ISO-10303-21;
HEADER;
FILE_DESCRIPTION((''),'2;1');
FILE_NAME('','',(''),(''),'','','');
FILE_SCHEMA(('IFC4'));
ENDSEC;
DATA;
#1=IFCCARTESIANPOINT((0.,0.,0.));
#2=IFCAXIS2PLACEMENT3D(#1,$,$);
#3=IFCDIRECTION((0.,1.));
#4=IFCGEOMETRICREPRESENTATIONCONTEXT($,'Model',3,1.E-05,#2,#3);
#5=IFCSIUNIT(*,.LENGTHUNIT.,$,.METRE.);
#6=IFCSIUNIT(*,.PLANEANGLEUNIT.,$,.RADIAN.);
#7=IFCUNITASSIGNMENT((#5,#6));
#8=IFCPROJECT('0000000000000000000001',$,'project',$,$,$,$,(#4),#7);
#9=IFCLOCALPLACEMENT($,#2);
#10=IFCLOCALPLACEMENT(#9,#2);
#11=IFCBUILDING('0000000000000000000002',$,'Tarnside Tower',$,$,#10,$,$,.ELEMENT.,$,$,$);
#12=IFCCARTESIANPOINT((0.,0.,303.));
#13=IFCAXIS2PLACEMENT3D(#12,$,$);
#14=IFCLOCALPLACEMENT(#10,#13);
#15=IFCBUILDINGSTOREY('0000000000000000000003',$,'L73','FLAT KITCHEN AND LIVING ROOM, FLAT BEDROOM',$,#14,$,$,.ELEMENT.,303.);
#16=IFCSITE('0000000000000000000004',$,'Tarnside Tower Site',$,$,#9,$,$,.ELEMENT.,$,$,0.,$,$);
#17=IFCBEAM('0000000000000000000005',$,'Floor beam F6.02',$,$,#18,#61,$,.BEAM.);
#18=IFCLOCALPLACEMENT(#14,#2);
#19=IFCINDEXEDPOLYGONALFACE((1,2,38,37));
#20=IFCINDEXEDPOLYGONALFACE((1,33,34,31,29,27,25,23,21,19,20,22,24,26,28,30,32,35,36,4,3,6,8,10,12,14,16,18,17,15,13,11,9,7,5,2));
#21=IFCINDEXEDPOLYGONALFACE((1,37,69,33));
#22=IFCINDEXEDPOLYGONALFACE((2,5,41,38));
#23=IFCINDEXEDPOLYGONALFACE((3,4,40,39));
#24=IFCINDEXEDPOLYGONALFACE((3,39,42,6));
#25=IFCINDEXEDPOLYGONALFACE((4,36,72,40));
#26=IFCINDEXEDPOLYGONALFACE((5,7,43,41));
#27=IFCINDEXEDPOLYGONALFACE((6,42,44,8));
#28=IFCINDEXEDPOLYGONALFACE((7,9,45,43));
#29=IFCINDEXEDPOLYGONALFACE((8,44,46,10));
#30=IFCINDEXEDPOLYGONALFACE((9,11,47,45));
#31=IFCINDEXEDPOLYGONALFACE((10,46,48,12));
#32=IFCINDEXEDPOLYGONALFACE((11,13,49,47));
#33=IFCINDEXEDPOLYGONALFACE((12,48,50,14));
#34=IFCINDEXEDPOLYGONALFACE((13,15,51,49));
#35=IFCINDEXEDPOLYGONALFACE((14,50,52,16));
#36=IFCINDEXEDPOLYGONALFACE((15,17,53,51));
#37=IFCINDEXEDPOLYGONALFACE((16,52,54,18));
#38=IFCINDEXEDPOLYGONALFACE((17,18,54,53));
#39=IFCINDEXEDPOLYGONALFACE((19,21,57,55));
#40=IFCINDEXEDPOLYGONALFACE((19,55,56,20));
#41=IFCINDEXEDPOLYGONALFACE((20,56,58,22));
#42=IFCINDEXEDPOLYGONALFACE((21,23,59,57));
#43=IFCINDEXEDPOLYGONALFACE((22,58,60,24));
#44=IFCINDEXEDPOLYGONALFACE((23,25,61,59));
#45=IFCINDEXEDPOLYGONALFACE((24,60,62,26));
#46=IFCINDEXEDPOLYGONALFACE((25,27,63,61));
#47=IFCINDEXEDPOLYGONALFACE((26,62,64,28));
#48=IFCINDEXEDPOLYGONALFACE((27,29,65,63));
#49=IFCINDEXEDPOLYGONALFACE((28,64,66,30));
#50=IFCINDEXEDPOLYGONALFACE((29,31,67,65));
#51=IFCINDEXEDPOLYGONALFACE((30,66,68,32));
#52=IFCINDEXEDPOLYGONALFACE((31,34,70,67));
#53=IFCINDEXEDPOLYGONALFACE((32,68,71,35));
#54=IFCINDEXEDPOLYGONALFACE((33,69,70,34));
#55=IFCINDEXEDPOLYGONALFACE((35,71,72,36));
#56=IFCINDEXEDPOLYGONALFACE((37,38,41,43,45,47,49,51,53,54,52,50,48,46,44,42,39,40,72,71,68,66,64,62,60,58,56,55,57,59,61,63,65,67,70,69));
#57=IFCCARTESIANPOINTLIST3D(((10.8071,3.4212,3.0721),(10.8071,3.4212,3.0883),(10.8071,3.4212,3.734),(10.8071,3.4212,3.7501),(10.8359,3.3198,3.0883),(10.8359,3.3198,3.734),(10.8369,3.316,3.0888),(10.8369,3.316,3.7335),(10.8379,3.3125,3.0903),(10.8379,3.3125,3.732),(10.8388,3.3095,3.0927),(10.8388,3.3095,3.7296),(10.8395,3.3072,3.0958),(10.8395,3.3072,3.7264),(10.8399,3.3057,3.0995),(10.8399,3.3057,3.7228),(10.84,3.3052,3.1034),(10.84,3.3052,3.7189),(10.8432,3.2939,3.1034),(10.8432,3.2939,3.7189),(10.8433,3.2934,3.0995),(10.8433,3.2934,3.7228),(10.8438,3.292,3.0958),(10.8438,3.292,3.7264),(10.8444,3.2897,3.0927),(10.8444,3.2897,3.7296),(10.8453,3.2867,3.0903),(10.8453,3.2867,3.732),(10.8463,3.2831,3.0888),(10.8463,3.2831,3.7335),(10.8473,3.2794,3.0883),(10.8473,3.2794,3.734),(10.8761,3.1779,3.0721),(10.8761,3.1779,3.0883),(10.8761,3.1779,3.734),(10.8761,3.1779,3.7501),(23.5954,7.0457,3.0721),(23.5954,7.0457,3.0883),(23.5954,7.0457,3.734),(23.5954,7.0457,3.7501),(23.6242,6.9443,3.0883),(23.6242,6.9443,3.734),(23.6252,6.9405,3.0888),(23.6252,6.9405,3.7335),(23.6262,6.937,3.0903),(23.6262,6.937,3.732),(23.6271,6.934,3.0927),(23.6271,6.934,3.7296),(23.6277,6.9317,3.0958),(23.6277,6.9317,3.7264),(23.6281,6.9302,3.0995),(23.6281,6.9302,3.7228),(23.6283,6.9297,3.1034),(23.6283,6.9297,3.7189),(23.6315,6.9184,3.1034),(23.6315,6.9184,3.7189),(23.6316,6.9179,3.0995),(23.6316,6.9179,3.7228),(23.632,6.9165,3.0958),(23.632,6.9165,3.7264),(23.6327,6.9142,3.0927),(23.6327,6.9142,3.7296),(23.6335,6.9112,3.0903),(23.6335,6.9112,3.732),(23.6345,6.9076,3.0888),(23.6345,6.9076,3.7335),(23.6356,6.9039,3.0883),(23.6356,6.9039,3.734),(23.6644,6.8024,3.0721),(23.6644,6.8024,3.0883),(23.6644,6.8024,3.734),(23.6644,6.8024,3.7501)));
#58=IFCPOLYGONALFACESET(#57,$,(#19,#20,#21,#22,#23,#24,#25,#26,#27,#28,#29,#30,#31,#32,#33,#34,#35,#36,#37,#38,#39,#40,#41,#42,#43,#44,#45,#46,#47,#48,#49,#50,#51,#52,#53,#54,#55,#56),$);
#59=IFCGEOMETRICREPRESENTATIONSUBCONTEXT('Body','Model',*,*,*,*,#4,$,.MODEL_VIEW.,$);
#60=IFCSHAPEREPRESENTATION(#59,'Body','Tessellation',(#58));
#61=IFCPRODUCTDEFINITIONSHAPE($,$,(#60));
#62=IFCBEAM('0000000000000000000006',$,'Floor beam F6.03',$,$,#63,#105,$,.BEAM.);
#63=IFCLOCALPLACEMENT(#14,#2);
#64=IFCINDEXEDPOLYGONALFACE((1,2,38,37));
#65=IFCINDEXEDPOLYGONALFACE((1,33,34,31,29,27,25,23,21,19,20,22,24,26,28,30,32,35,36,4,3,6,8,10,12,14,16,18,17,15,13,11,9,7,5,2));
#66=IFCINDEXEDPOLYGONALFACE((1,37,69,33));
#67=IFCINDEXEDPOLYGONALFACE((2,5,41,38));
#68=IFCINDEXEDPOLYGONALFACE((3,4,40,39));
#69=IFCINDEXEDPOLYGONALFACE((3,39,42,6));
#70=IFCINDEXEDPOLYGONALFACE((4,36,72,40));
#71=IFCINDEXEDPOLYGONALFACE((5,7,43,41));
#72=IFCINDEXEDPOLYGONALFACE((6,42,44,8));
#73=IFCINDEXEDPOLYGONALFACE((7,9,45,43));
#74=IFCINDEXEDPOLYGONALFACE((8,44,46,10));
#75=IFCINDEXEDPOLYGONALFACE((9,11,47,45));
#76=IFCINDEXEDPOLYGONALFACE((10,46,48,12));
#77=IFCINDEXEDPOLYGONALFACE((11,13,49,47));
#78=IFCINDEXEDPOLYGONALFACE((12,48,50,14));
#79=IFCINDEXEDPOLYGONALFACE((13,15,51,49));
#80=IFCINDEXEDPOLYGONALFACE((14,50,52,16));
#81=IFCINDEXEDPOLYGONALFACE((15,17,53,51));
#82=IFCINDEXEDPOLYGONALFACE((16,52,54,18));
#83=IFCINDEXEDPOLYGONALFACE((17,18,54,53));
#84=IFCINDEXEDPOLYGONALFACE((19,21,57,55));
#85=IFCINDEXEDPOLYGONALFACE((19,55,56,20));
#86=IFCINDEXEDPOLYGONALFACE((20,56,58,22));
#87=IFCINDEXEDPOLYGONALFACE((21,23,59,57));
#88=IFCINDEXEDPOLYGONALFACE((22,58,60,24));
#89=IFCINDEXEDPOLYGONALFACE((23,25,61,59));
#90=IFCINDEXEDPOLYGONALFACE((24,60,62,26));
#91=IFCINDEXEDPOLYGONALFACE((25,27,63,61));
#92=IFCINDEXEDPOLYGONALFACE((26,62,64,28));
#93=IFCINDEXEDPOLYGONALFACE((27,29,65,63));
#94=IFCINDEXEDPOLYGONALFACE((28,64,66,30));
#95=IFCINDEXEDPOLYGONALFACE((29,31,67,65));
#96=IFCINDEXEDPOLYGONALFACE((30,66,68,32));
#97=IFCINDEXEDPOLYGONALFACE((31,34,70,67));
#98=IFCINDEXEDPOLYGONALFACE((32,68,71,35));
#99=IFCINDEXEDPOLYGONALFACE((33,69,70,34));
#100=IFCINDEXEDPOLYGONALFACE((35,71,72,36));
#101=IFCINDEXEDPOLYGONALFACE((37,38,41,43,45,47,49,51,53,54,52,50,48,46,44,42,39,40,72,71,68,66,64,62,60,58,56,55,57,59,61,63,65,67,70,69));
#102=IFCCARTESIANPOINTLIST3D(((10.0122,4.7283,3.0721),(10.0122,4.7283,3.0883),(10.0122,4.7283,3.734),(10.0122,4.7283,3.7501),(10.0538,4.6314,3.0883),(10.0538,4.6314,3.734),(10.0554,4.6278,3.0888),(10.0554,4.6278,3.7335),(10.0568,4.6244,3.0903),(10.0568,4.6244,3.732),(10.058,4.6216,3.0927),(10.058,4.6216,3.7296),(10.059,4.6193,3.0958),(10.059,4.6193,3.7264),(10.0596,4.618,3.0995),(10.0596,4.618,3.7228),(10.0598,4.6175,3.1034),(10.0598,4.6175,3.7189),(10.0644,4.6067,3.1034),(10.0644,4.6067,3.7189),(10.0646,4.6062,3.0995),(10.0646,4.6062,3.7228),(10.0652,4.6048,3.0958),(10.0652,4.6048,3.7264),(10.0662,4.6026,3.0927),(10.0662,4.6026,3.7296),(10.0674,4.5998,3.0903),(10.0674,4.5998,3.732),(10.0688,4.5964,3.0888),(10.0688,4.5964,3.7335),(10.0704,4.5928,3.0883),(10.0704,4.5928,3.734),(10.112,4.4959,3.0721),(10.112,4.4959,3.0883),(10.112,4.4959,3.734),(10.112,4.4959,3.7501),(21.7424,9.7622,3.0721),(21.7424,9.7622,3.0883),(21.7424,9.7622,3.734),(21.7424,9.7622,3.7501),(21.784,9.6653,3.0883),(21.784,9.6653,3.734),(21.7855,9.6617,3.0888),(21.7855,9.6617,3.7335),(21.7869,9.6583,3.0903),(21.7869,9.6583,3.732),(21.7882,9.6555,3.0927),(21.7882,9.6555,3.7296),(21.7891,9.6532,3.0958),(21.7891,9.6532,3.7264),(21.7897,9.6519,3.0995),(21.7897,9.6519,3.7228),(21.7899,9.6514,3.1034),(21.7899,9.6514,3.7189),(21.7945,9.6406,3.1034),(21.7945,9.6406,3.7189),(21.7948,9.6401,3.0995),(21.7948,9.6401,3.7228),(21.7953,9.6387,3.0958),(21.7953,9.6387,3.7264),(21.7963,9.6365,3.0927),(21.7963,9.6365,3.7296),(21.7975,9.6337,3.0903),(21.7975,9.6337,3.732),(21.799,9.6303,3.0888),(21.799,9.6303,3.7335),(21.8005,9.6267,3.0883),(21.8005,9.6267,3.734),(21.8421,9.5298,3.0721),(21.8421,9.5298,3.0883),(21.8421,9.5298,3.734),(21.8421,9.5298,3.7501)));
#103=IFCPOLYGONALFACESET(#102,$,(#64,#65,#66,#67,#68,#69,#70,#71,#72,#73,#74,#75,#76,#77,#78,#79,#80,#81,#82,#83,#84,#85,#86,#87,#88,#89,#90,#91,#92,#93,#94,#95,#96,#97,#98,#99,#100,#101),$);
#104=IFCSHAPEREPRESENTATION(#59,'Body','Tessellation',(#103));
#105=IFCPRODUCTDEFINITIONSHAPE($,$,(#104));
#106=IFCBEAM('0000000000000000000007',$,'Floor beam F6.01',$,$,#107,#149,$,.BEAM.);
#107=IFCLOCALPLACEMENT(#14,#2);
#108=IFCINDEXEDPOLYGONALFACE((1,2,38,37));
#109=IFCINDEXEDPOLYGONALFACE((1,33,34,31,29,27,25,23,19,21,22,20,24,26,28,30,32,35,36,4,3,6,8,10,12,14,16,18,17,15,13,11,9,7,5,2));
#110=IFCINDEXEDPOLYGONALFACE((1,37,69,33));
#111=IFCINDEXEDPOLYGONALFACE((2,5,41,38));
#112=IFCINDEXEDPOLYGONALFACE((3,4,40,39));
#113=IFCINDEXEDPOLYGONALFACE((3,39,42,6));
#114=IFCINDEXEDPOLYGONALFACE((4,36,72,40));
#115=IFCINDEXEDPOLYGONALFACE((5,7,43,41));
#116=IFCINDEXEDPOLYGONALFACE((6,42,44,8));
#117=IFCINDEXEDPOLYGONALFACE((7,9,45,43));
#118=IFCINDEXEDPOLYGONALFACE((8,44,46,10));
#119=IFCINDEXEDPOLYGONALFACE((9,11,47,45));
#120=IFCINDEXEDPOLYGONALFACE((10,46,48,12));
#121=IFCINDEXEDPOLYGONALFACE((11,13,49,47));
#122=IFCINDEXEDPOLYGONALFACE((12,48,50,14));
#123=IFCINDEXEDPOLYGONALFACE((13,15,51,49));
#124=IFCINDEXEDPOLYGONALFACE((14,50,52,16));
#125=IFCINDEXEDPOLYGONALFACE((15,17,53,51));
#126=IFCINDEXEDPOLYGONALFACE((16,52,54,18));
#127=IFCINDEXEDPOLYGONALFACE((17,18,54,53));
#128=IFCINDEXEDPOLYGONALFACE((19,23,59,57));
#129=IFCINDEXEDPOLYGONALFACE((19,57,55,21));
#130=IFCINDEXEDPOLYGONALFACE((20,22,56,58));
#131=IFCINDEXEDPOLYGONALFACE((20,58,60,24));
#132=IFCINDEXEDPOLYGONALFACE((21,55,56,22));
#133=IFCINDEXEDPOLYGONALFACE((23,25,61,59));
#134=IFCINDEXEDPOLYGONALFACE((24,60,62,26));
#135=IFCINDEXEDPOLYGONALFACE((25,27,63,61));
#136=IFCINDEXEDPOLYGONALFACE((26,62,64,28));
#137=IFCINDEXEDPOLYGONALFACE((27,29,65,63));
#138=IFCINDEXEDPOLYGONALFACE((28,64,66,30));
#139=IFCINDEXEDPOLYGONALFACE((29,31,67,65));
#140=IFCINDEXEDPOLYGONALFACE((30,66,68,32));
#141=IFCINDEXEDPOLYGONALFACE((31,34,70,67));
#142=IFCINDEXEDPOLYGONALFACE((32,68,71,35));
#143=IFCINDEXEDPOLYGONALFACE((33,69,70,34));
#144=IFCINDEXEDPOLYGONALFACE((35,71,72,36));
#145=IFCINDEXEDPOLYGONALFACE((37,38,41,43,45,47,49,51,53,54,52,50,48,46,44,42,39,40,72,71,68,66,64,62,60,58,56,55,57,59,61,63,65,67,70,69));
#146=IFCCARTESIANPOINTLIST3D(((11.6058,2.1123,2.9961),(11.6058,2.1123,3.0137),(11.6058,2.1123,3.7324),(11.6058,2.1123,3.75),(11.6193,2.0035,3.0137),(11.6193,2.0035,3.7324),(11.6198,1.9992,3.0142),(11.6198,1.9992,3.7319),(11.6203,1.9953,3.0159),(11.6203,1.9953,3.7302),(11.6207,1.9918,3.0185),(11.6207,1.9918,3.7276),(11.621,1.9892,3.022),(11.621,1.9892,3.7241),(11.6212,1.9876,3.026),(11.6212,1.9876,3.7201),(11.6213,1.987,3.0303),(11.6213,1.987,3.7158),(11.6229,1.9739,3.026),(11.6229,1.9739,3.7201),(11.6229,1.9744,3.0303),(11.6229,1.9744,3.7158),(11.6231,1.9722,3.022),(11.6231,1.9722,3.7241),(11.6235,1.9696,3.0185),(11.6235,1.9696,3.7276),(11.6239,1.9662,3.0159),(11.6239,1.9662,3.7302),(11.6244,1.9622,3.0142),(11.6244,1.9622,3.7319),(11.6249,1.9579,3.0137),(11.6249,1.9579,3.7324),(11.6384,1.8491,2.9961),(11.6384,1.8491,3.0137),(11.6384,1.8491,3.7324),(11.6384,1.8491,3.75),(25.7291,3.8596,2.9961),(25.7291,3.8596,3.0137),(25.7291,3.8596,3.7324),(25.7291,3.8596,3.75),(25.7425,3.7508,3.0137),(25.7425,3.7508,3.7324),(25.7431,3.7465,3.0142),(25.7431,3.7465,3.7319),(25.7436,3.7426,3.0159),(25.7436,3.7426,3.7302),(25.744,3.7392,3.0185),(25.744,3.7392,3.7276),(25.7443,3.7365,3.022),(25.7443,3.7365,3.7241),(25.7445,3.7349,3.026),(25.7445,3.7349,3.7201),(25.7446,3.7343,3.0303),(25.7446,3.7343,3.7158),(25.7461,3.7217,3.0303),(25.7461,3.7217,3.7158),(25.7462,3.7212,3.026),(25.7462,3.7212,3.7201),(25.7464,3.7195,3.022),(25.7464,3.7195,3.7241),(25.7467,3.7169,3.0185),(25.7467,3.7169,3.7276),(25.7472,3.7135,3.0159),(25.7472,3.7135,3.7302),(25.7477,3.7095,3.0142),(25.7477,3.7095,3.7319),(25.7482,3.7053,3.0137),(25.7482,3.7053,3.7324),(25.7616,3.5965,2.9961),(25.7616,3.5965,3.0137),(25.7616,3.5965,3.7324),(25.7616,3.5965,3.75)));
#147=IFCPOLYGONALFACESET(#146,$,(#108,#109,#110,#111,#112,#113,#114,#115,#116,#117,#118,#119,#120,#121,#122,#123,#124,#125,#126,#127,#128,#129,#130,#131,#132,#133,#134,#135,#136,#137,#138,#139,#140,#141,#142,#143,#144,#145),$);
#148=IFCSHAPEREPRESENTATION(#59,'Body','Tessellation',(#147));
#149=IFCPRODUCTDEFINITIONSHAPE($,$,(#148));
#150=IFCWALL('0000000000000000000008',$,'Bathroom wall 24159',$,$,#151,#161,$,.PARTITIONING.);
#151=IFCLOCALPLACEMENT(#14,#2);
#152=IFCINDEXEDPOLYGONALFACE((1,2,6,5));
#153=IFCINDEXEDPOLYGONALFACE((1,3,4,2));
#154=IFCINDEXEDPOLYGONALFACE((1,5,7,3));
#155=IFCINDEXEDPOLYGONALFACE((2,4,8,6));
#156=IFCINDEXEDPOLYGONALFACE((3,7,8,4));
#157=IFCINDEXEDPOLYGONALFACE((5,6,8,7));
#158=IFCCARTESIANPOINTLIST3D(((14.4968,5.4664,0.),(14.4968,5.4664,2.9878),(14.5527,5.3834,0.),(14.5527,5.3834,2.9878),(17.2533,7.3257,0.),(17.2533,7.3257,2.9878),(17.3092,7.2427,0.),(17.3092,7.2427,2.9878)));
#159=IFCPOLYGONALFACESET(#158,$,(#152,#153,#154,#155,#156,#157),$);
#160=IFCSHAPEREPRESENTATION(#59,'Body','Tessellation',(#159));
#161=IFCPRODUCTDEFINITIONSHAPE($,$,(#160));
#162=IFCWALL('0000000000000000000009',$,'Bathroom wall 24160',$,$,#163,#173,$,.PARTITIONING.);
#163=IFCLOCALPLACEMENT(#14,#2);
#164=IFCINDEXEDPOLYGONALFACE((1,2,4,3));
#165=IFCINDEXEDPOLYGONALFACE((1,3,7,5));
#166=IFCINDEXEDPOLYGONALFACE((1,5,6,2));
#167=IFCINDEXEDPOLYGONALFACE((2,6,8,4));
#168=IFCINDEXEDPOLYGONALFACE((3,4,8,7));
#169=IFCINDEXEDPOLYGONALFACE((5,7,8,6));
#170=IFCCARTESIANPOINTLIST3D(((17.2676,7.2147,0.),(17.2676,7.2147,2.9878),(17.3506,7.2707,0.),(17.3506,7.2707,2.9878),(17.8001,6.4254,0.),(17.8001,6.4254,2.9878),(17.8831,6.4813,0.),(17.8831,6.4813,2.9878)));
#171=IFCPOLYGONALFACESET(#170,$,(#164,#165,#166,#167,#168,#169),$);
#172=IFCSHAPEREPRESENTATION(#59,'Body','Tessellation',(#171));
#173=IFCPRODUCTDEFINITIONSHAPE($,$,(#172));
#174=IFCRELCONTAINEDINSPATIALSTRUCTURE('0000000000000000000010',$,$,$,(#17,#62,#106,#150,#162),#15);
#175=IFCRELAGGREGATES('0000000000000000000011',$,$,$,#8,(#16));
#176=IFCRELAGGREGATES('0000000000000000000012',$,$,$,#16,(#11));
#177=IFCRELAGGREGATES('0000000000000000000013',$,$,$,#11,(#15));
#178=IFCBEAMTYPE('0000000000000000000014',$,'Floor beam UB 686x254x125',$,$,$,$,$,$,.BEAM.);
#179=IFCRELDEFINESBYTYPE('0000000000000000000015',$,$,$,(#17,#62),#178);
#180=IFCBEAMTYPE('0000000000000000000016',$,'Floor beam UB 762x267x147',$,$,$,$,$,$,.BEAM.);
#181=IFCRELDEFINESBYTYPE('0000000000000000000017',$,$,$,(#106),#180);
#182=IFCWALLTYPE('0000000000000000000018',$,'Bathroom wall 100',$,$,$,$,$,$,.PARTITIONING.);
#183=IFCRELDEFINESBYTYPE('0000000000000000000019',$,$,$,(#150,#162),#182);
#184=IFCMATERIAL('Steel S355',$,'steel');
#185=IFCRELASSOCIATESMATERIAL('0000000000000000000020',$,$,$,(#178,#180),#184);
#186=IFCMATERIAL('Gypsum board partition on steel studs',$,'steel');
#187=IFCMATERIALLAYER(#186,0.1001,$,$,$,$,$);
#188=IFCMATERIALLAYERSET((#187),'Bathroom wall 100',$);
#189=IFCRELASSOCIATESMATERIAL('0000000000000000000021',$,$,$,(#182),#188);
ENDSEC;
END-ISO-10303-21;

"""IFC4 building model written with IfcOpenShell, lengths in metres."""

from ifc_helpers import new_model, si_unit, direction, frame, frame_2d, origin, origin_2d, place, context, subcontext, project, spatial, rectangle, i_section, extrude, material, layer, layer_set, material_profile, profile_set, type_object, element, save


model = new_model("IFC4")

# Units and contexts
model_context = context("Model", 3, precision=1e-05, world=origin(), true_north=direction((0.0, 1.0)))
body_context = subcontext(model_context, "Body", "Model", "MODEL_VIEW")
ifc_project = project(units=[si_unit("LENGTHUNIT", "METRE"), si_unit("PLANEANGLEUNIT", "RADIAN")], contexts=[model_context])

# Site, building, storey
site_placement = place(None, origin())
site = spatial("IfcSite", under=ifc_project, at=site_placement, Name="Tarnside Tower Site", CompositionType="ELEMENT", RefElevation=0.0)
building_placement = place(site_placement, origin())
building = spatial("IfcBuilding", under=site, at=building_placement, Name="Tarnside Tower", CompositionType="ELEMENT")
storey_placement = place(building_placement, frame((0.0, 0.0, 303.0)))
storey = spatial("IfcBuildingStorey", under=building, at=storey_placement, Name="L73", Description="FLAT KITCHEN AND LIVING ROOM, FLAT BEDROOM", CompositionType="ELEMENT", Elevation=303.0)

# Beams
ifc_material_1 = material(Name="Steel S355", Category="steel")
ifc_material_profile_1 = material_profile(ifc_material_1, i_section(OverallWidth=0.2529, OverallDepth=0.678, WebThickness=0.0117, FlangeThickness=0.0161, FilletRadius=0.0151, at=origin_2d()), Name="UB 686x254x125")
ifc_profile_set_1 = profile_set([ifc_material_profile_1], Name="Steel S355")
beam_type_1 = type_object("IfcBeamType", Name="Floor beam UB 686x254x125", PredefinedType="BEAM", material=ifc_profile_set_1)
beam_1_placement = place(storey_placement, frame((23.6299, 6.9241, 3.4111), z_axis=(-0.962104, -0.272683, 0.0), x_axis=(0.272683, -0.962104, 0.0)))
element("IfcBeam", 1, at=beam_1_placement, inside=storey, type_object=beam_type_1, Name="Floor beam F6.02", PredefinedType="BEAM", context=body_context, shape_type="SweptSolid", body=[
    extrude(i_section(OverallWidth=0.2529, OverallDepth=0.678, WebThickness=0.0117, FlangeThickness=0.0161, FilletRadius=0.0151, at=origin_2d()), origin(), (0.0, 0.0, 1.0), 13.292),
])
beam_2_placement = place(storey_placement, frame((21.7922, 9.646, 3.4111), z_axis=(-0.918955, -0.394362, 0.0), x_axis=(0.394362, -0.918955, 0.0)))
element("IfcBeam", 2, at=beam_2_placement, inside=storey, type_object=beam_type_1, Name="Floor beam F6.03", PredefinedType="BEAM", context=body_context, shape_type="SweptSolid", body=[
    extrude(i_section(OverallWidth=0.2529, OverallDepth=0.678, WebThickness=0.0117, FlangeThickness=0.0161, FilletRadius=0.0151, at=origin_2d()), origin(), (0.0, 0.0, 1.0), 12.7646),
])
ifc_material_profile_2 = material_profile(ifc_material_1, i_section(OverallWidth=0.2651, OverallDepth=0.7539, WebThickness=0.0127, FlangeThickness=0.0176, FilletRadius=0.0166, at=origin_2d()), Name="UB 762x267x147")
ifc_profile_set_2 = profile_set([ifc_material_profile_2], Name="Steel S355")
beam_type_2 = type_object("IfcBeamType", Name="Floor beam UB 762x267x147", PredefinedType="BEAM", material=ifc_profile_set_2)
beam_3_placement = place(storey_placement, frame((25.7454, 3.728, 3.373), z_axis=(-0.992434, -0.122783, 0.0), x_axis=(0.122783, -0.992434, 0.0)))
element("IfcBeam", 3, at=beam_3_placement, inside=storey, type_object=beam_type_2, Name="Floor beam F6.01", PredefinedType="BEAM", context=body_context, shape_type="SweptSolid", body=[
    extrude(i_section(OverallWidth=0.2651, OverallDepth=0.7539, WebThickness=0.0127, FlangeThickness=0.0176, FilletRadius=0.0166, at=origin_2d()), origin(), (0.0, 0.0, 1.0), 14.231),
])

# Walls
ifc_material_2 = material(Name="Gypsum board partition on steel studs", Category="steel")
ifc_layer_1 = layer(ifc_material_2, 0.1001)
ifc_layer_set_1 = layer_set([ifc_layer_1], Name="Bathroom wall 100")
wall_type_1 = type_object("IfcWallType", Name="Bathroom wall 100", PredefinedType="PARTITIONING", material=ifc_layer_set_1)
wall_1_placement = place(storey_placement, frame((14.5247, 5.4248, 0.0), z_axis=(0.0, 0.0, 1.0), x_axis=(0.829033, 0.559199, 0.0)))
element("IfcWall", 4, at=wall_1_placement, inside=storey, type_object=wall_type_1, Name="Bathroom wall 24159", PredefinedType="PARTITIONING", context=body_context, shape_type="SweptSolid", body=[
    extrude(rectangle(XDim=3.325, YDim=0.1001, at=frame_2d((1.6626, 0.0))), origin(), (0.0, 0.0, 1.0), 2.9878),
])
wall_2_placement = place(storey_placement, frame((17.3091, 7.2427, 0.0), z_axis=(0.0, 0.0, 1.0), x_axis=(0.559248, -0.829, 0.0)))
element("IfcWall", 5, at=wall_2_placement, inside=storey, type_object=wall_type_1, Name="Bathroom wall 24160", PredefinedType="PARTITIONING", context=body_context, shape_type="SweptSolid", body=[
    extrude(rectangle(XDim=0.9521, YDim=0.1001, at=frame_2d((0.4761, 0.0))), origin(), (0.0, 0.0, 1.0), 2.9878),
])

save(model, "model.ifc")
